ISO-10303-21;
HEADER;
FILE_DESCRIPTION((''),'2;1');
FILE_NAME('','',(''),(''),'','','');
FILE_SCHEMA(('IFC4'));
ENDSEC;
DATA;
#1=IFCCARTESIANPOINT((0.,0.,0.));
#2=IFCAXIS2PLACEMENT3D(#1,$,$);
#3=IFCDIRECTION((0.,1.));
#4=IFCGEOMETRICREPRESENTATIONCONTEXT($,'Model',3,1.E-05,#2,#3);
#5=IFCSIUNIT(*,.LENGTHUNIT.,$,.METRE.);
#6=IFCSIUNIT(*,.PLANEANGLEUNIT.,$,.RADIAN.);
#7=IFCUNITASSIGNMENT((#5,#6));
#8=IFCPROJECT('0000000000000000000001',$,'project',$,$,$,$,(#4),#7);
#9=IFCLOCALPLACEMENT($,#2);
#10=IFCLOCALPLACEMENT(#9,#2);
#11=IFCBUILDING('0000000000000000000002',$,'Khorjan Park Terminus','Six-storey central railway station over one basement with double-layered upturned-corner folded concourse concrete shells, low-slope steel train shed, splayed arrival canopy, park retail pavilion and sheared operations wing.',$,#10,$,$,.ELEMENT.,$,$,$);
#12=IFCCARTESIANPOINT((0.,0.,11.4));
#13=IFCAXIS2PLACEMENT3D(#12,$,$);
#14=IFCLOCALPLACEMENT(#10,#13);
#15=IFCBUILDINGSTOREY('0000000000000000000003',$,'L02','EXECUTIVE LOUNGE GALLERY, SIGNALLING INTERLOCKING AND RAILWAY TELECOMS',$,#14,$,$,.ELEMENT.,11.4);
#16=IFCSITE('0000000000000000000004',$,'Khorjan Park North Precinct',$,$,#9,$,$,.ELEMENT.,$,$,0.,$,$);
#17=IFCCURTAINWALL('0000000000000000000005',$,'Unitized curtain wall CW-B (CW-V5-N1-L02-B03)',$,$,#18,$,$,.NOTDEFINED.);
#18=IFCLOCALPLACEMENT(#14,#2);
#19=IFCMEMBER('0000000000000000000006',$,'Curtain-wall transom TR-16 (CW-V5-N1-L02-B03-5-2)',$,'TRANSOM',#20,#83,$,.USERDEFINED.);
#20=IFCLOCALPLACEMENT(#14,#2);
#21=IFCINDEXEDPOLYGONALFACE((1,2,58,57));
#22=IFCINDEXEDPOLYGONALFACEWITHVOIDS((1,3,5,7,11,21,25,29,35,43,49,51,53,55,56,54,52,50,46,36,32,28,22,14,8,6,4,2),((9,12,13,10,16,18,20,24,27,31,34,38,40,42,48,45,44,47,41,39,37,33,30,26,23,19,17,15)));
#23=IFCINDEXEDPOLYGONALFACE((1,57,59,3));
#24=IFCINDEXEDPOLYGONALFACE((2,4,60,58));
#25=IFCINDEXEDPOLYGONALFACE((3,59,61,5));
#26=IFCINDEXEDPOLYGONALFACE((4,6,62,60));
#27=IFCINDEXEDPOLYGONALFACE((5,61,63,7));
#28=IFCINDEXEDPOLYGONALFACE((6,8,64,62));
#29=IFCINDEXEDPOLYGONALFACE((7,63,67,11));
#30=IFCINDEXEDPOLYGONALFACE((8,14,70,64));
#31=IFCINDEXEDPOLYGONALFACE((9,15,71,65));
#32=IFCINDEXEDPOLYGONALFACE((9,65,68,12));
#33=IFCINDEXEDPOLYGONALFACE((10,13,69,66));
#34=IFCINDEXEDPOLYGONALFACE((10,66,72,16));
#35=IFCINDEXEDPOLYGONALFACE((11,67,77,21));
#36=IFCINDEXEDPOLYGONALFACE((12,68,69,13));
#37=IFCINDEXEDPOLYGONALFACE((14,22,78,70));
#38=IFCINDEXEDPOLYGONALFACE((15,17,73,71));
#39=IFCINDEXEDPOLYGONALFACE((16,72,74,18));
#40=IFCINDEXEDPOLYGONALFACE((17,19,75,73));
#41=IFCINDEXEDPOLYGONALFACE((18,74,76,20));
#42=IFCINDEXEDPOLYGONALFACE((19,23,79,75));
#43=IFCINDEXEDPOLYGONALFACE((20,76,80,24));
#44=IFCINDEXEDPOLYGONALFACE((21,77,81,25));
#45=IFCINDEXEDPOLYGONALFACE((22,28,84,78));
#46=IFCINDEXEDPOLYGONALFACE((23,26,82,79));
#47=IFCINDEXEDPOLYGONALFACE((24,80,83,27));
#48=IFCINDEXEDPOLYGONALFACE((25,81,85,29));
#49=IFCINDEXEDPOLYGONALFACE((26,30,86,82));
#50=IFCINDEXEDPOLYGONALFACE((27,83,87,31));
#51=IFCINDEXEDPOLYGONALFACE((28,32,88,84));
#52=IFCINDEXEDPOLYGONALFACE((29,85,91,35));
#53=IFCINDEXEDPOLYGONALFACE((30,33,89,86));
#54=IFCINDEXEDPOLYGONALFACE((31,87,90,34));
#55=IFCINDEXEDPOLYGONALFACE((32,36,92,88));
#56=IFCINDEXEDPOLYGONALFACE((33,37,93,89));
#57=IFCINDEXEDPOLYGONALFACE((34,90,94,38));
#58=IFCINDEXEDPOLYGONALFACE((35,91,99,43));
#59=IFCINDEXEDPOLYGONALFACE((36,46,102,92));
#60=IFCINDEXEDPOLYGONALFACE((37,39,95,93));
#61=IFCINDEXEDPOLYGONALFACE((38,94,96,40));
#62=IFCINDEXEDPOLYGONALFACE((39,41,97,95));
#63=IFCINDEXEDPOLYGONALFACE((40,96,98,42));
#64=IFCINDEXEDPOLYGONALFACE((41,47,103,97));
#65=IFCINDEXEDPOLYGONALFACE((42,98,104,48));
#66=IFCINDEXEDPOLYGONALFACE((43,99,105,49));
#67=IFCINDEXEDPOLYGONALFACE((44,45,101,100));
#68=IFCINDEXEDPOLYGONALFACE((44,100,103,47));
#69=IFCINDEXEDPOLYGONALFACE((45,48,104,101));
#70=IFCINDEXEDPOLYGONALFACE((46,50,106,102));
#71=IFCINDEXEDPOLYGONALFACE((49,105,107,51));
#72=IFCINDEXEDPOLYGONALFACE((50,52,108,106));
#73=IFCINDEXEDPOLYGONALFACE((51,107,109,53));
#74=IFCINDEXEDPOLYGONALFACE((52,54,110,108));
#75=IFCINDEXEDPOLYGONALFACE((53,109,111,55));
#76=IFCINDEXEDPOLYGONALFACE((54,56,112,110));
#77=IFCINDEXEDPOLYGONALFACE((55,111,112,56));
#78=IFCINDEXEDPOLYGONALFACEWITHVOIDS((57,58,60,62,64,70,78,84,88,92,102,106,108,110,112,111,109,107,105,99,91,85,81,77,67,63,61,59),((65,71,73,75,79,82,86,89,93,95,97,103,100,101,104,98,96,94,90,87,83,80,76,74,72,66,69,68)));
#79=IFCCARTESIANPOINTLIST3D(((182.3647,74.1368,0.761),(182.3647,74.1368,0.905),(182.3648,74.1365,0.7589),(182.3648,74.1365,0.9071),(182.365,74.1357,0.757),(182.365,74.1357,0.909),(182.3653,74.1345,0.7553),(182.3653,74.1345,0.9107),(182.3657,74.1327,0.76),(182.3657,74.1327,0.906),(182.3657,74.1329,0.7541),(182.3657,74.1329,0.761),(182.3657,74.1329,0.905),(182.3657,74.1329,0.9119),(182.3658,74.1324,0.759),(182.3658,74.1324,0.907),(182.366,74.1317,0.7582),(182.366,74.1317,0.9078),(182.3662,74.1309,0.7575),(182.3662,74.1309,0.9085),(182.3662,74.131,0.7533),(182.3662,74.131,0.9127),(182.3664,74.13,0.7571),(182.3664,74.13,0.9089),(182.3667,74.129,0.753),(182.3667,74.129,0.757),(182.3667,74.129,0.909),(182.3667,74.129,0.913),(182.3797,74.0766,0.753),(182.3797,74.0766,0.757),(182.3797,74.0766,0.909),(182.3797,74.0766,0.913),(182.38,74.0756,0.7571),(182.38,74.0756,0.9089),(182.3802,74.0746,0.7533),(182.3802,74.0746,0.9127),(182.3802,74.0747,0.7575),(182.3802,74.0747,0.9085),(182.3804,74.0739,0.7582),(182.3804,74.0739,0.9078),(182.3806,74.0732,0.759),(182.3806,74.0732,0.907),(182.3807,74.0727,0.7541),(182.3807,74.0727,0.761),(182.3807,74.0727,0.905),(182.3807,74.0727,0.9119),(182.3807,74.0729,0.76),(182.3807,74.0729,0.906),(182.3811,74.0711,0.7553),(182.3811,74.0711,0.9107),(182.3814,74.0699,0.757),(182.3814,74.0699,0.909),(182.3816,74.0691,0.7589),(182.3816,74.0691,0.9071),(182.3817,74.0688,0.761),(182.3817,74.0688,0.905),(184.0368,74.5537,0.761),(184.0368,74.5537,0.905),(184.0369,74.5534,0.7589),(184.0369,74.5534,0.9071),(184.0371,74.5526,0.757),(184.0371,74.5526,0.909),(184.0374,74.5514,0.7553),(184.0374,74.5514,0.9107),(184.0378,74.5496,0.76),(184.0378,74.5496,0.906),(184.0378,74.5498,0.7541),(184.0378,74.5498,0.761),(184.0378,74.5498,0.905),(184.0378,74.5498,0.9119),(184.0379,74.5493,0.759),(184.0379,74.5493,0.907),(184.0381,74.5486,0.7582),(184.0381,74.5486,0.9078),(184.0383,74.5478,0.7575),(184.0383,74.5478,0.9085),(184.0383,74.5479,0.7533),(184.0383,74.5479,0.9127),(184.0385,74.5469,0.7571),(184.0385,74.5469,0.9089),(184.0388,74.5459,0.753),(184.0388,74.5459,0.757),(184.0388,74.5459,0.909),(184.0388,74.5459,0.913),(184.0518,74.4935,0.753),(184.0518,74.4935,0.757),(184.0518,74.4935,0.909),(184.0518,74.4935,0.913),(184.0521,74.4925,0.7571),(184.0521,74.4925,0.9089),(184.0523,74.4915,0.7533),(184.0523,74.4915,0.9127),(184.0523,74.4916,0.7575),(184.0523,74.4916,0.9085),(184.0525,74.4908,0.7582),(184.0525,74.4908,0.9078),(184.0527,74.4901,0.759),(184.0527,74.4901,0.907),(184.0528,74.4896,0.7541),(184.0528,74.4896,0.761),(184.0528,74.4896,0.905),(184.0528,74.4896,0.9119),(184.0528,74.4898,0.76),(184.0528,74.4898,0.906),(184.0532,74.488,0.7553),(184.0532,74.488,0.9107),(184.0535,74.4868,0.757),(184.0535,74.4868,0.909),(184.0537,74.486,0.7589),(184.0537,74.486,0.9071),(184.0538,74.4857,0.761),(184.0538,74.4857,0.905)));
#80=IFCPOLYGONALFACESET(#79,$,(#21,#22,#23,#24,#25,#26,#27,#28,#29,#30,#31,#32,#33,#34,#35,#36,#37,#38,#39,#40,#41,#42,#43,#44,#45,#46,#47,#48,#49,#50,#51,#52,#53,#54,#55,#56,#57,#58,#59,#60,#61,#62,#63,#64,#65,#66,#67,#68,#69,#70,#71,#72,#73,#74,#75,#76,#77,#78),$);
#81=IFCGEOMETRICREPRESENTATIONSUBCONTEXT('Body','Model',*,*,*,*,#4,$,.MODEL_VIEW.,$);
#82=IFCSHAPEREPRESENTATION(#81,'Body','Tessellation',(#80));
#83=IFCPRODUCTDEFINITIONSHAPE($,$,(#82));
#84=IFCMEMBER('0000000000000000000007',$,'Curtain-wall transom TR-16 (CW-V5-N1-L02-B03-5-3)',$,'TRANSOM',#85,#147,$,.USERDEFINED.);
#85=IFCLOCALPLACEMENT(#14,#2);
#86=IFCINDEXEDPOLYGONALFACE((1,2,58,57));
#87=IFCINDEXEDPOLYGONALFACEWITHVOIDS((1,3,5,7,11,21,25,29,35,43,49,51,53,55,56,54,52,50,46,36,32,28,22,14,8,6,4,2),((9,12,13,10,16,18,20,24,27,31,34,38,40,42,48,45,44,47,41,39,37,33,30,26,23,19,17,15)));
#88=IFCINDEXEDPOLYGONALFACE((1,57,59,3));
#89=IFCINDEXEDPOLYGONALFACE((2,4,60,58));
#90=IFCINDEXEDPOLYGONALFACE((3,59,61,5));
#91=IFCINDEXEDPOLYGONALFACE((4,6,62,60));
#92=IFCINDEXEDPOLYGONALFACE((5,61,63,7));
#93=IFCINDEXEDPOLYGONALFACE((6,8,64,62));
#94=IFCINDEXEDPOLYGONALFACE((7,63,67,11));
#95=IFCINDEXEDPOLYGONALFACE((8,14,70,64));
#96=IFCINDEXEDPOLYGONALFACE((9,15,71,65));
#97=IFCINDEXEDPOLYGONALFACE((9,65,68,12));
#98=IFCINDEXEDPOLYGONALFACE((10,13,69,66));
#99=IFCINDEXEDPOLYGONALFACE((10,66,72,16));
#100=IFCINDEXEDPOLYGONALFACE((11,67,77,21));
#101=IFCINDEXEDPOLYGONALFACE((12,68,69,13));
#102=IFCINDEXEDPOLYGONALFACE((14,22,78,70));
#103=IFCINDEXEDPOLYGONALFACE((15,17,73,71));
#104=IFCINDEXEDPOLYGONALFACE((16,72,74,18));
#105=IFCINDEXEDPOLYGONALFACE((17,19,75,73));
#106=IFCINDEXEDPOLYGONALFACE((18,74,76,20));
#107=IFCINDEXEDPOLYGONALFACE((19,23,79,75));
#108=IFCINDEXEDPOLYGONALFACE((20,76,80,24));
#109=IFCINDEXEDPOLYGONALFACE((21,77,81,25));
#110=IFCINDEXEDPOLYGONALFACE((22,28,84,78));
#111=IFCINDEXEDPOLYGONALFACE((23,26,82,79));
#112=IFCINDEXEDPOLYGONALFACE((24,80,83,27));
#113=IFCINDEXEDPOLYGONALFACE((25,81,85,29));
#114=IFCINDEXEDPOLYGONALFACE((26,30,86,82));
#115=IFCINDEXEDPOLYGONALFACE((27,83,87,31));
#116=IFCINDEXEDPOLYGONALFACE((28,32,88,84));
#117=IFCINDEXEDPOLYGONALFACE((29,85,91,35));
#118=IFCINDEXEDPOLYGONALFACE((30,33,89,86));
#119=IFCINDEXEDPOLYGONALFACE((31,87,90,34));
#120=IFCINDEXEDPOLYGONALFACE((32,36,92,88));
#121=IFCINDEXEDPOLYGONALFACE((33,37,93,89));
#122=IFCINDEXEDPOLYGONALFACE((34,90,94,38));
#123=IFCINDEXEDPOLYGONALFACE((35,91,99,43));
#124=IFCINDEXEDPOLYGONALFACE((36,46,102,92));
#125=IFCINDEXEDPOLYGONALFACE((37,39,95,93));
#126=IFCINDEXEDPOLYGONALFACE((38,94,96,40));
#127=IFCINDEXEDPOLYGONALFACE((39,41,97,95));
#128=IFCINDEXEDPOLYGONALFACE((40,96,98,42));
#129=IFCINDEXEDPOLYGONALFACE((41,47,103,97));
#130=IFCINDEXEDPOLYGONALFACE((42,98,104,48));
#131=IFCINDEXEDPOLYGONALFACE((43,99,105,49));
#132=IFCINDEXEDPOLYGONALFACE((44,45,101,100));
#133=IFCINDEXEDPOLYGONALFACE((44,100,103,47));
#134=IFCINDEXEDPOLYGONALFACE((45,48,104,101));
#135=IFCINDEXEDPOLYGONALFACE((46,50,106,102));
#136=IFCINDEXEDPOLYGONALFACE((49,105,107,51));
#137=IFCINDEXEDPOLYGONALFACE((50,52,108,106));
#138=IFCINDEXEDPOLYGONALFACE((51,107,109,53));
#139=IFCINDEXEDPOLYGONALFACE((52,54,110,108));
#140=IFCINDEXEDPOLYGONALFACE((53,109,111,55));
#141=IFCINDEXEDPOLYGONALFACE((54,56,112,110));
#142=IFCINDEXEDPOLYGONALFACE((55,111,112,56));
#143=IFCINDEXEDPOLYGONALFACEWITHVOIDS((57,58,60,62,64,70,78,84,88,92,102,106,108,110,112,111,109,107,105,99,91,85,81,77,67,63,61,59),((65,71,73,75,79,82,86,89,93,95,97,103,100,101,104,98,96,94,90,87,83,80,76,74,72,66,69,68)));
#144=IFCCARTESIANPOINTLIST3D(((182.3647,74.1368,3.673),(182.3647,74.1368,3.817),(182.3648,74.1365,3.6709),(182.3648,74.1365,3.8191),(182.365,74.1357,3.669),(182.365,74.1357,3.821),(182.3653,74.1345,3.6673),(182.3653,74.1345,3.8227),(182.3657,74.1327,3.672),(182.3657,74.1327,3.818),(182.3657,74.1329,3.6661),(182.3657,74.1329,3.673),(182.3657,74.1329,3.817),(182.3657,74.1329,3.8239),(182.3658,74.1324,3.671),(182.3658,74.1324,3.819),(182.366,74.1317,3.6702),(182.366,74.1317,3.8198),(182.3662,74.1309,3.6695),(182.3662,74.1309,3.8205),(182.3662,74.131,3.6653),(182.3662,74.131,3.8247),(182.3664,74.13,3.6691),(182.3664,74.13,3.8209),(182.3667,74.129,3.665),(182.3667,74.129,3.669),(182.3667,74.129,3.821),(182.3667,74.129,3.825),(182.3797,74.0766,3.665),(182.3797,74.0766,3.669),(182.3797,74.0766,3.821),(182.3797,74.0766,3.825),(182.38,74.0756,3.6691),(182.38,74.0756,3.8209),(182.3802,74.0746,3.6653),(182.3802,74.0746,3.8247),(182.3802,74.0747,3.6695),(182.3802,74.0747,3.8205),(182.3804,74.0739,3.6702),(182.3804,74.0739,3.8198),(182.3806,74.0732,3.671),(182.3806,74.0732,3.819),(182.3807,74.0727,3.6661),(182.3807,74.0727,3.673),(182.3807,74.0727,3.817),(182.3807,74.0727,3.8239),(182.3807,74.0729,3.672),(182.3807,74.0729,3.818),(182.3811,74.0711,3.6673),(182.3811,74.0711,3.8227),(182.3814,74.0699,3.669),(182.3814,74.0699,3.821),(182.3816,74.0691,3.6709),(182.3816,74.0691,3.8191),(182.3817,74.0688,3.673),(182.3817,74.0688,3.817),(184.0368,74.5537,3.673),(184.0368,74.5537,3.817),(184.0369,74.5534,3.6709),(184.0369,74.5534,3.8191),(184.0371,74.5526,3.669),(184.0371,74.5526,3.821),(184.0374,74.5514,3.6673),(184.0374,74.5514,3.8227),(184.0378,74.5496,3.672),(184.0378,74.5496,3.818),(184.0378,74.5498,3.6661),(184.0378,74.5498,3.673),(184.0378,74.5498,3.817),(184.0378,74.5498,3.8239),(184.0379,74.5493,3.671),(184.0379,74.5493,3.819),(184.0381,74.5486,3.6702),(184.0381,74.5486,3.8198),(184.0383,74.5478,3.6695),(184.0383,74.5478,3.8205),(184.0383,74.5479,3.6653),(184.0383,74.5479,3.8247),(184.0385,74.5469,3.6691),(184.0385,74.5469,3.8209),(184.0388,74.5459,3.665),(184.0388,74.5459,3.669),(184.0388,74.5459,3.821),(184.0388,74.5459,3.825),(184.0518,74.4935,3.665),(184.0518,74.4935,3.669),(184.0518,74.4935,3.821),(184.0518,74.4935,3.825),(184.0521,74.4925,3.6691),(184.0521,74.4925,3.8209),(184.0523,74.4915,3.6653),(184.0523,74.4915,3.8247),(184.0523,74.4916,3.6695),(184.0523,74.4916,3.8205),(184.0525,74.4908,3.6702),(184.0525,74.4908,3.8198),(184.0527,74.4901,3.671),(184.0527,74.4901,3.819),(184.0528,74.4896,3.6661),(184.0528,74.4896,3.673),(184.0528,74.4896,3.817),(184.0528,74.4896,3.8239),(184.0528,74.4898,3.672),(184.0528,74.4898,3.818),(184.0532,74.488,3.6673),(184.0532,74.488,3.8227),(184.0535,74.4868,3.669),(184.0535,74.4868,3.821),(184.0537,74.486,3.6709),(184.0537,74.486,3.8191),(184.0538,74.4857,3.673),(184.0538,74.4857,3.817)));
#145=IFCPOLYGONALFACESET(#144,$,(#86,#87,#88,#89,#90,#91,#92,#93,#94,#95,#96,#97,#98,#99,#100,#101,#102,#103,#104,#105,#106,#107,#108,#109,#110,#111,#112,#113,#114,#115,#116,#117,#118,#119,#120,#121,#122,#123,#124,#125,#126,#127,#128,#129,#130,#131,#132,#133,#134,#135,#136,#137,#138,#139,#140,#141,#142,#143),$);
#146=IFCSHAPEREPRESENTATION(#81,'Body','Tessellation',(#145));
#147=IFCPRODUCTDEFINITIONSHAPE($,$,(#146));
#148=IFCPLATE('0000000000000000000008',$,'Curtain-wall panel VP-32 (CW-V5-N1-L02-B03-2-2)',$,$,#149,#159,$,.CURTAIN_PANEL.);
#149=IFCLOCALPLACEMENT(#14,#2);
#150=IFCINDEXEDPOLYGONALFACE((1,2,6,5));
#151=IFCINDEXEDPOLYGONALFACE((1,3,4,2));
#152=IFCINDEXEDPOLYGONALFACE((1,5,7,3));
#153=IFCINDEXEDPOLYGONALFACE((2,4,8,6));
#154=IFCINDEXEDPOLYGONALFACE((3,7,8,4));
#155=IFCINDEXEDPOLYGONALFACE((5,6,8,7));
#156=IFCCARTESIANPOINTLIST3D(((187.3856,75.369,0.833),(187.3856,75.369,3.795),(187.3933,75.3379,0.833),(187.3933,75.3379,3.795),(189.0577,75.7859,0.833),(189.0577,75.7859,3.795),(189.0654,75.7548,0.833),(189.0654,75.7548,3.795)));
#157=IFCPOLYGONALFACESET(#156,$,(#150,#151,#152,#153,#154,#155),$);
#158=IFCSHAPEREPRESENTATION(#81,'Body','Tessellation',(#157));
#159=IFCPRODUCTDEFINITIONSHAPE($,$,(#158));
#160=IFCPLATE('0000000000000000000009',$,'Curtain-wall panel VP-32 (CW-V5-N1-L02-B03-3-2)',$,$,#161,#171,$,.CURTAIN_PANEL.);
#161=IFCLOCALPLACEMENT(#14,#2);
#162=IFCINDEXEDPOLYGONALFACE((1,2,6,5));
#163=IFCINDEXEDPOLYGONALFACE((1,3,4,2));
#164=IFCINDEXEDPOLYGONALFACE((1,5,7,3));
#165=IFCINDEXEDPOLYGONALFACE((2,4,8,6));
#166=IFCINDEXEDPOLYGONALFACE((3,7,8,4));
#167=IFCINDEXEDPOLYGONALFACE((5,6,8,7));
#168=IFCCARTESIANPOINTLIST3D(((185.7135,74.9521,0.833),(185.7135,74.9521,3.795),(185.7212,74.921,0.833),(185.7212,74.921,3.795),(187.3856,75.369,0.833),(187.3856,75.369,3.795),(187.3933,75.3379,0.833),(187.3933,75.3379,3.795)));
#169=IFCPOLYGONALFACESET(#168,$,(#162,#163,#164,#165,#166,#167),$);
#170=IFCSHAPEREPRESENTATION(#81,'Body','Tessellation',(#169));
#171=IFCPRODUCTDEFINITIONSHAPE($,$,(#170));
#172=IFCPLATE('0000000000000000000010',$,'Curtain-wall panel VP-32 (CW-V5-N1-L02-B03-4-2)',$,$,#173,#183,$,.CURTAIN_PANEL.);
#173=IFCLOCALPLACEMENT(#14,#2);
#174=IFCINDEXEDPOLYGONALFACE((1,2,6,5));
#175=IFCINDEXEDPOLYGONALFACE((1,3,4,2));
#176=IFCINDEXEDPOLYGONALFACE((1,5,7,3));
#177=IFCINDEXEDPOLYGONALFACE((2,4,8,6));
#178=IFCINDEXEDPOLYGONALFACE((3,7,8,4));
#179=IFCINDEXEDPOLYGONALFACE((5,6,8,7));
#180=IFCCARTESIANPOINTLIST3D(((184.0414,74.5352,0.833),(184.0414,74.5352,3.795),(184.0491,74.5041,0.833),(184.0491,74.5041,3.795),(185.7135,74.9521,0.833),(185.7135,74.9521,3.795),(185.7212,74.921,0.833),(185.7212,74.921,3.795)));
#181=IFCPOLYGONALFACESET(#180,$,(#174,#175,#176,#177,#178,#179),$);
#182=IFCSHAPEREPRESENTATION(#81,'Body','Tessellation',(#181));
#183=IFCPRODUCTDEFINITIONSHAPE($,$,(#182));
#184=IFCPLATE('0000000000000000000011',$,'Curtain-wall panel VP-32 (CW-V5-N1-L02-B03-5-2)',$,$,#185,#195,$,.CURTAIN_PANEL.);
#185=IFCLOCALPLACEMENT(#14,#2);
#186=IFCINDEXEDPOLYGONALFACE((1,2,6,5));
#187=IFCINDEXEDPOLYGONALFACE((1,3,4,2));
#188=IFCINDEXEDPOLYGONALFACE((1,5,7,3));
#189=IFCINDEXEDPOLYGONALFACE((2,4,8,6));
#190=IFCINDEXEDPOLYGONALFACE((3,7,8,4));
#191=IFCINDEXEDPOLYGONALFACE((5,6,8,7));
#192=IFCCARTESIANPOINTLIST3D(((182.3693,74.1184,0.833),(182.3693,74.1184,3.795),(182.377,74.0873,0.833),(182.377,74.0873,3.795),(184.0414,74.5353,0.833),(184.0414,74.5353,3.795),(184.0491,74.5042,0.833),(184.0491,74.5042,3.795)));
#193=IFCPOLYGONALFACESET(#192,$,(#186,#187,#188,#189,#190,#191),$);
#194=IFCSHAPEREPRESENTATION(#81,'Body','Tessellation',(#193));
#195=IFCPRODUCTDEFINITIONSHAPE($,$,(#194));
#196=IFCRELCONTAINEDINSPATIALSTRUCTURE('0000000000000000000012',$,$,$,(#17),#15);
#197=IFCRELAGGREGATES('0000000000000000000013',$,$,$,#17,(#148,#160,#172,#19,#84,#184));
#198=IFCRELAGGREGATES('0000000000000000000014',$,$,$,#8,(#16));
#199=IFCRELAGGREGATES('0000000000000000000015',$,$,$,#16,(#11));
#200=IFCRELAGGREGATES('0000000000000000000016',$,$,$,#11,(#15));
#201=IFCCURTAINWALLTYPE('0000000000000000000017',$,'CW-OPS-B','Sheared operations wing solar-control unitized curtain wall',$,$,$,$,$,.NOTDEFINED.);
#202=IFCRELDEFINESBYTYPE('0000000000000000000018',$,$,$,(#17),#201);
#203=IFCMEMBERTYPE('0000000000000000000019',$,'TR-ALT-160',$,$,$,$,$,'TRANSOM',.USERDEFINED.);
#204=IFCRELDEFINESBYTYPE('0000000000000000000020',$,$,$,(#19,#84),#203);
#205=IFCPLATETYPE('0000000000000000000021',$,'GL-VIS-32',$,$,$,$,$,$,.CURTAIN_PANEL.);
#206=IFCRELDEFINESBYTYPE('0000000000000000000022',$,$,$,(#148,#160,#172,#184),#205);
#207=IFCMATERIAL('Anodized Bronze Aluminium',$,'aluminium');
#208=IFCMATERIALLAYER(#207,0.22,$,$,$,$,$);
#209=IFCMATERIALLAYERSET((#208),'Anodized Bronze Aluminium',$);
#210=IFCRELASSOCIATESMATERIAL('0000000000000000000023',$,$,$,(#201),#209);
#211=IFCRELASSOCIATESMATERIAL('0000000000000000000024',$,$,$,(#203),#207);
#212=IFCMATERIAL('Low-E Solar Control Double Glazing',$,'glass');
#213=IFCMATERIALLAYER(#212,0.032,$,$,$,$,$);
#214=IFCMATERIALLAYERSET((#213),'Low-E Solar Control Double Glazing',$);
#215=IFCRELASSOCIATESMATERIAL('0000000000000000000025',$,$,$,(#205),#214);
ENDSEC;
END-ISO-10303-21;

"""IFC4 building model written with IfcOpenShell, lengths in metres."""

from ifc_helpers import new_model, si_unit, direction, frame, origin, origin_2d, place, context, subcontext, project, spatial, rectangle, hollow_rectangle, extrude, material, layer, layer_set, material_profile, profile_set, type_object, element, aggregate, save


model = new_model("IFC4")

# Units and contexts
model_context = context("Model", 3, precision=1e-05, world=origin(), true_north=direction((0.0, 1.0)))
body_context = subcontext(model_context, "Body", "Model", "MODEL_VIEW")
ifc_project = project(units=[si_unit("LENGTHUNIT", "METRE"), si_unit("PLANEANGLEUNIT", "RADIAN")], contexts=[model_context])

# Site, building, storey
site_placement = place(None, origin())
site = spatial("IfcSite", under=ifc_project, at=site_placement, Name="Khorjan Park North Precinct", CompositionType="ELEMENT", RefElevation=0.0)
building_placement = place(site_placement, origin())
building = spatial("IfcBuilding", under=site, at=building_placement, Name="Khorjan Park Terminus", Description="Six-storey central railway station over one basement with double-layered upturned-corner folded concourse concrete shells, low-slope steel train shed, splayed arrival canopy, park retail pavilion and sheared operations wing.", CompositionType="ELEMENT")
storey_placement = place(building_placement, frame((0.0, 0.0, 11.4)))
storey = spatial("IfcBuildingStorey", under=building, at=storey_placement, Name="L02", Description="EXECUTIVE LOUNGE GALLERY, SIGNALLING INTERLOCKING AND RAILWAY TELECOMS", CompositionType="ELEMENT", Elevation=11.4)

# Curtain wall
ifc_material_1 = material(Name="Anodized Bronze Aluminium", Category="aluminium")
ifc_layer_1 = layer(ifc_material_1, 0.22)
ifc_layer_set_1 = layer_set([ifc_layer_1], Name="Anodized Bronze Aluminium")
curtain_wall_type = type_object("IfcCurtainWallType", Name="CW-OPS-B", Description="Sheared operations wing solar-control unitized curtain wall", PredefinedType="NOTDEFINED", material=ifc_layer_set_1)
curtain_wall_placement = place(storey_placement, origin())
curtain_wall = element("IfcCurtainWall", 1, at=curtain_wall_placement, inside=storey, type_object=curtain_wall_type, Name="Unitized curtain wall CW-B (CW-V5-N1-L02-B03)", PredefinedType="NOTDEFINED")

# Members
ifc_material_profile_1 = material_profile(ifc_material_1, hollow_rectangle(XDim=0.07, YDim=0.16, WallThickness=0.004, InnerFilletRadius=0.004, OuterFilletRadius=0.008, at=origin_2d()), Name="ALT 70x160x4")
ifc_profile_set_1 = profile_set([ifc_material_profile_1], Name="Anodized Bronze Aluminium")
member_type_1 = type_object("IfcMemberType", Name="TR-ALT-160", ElementType="TRANSOM", PredefinedType="USERDEFINED", material=ifc_profile_set_1)
member_1_placement = place(storey_placement, frame((184.0453, 74.5197, 0.833), z_axis=(-0.970296, -0.241921, 0.0), x_axis=(0.241921, -0.970296, 0.0)))
member_1 = element("IfcMember", 2, at=member_1_placement, type_object=member_type_1, Name="Curtain-wall transom TR-16 (CW-V5-N1-L02-B03-5-2)", ObjectType="TRANSOM", PredefinedType="USERDEFINED", context=body_context, shape_type="SweptSolid", body=[
    extrude(hollow_rectangle(XDim=0.07, YDim=0.16, WallThickness=0.004, InnerFilletRadius=0.004, OuterFilletRadius=0.008, at=origin_2d()), origin(), (0.0, 0.0, 1.0), 1.7233),
])
member_2_placement = place(storey_placement, frame((184.0453, 74.5197, 3.745), z_axis=(-0.970296, -0.241921, 0.0), x_axis=(0.241921, -0.970296, 0.0)))
member_2 = element("IfcMember", 3, at=member_2_placement, type_object=member_type_1, Name="Curtain-wall transom TR-16 (CW-V5-N1-L02-B03-5-3)", ObjectType="TRANSOM", PredefinedType="USERDEFINED", context=body_context, shape_type="SweptSolid", body=[
    extrude(hollow_rectangle(XDim=0.07, YDim=0.16, WallThickness=0.004, InnerFilletRadius=0.004, OuterFilletRadius=0.008, at=origin_2d()), origin(), (0.0, 0.0, 1.0), 1.7233),
])

# Plates
ifc_material_2 = material(Name="Low-E Solar Control Double Glazing", Category="glass")
ifc_layer_2 = layer(ifc_material_2, 0.032)
ifc_layer_set_2 = layer_set([ifc_layer_2], Name="Low-E Solar Control Double Glazing")
plate_type_1 = type_object("IfcPlateType", Name="GL-VIS-32", PredefinedType="CURTAIN_PANEL", material=ifc_layer_set_2)
plate_1_placement = place(storey_placement, frame((188.2255, 75.5619, 0.833), z_axis=(0.0, 0.0, 1.0), x_axis=(-0.970296, -0.241921, 0.0)))
plate_1 = element("IfcPlate", 4, at=plate_1_placement, type_object=plate_type_1, Name="Curtain-wall panel VP-32 (CW-V5-N1-L02-B03-2-2)", PredefinedType="CURTAIN_PANEL", context=body_context, shape_type="SweptSolid", body=[
    extrude(rectangle(XDim=1.7233, YDim=0.032, at=origin_2d()), origin(), (0.0, 0.0, 1.0), 2.962),
])
plate_2_placement = place(storey_placement, frame((186.5534, 75.145, 0.833), z_axis=(0.0, 0.0, 1.0), x_axis=(-0.970296, -0.241921, 0.0)))
plate_2 = element("IfcPlate", 5, at=plate_2_placement, type_object=plate_type_1, Name="Curtain-wall panel VP-32 (CW-V5-N1-L02-B03-3-2)", PredefinedType="CURTAIN_PANEL", context=body_context, shape_type="SweptSolid", body=[
    extrude(rectangle(XDim=1.7233, YDim=0.032, at=origin_2d()), origin(), (0.0, 0.0, 1.0), 2.962),
])
plate_3_placement = place(storey_placement, frame((184.8813, 74.7281, 0.833), z_axis=(0.0, 0.0, 1.0), x_axis=(-0.970296, -0.241921, 0.0)))
plate_3 = element("IfcPlate", 6, at=plate_3_placement, type_object=plate_type_1, Name="Curtain-wall panel VP-32 (CW-V5-N1-L02-B03-4-2)", PredefinedType="CURTAIN_PANEL", context=body_context, shape_type="SweptSolid", body=[
    extrude(rectangle(XDim=1.7233, YDim=0.032, at=origin_2d()), origin(), (0.0, 0.0, 1.0), 2.962),
])
plate_4_placement = place(storey_placement, frame((183.2092, 74.3113, 0.833), z_axis=(0.0, 0.0, 1.0), x_axis=(-0.970296, -0.241921, 0.0)))
plate_4 = element("IfcPlate", 7, at=plate_4_placement, type_object=plate_type_1, Name="Curtain-wall panel VP-32 (CW-V5-N1-L02-B03-5-2)", PredefinedType="CURTAIN_PANEL", context=body_context, shape_type="SweptSolid", body=[
    extrude(rectangle(XDim=1.7233, YDim=0.032, at=origin_2d()), origin(), (0.0, 0.0, 1.0), 2.962),
])

aggregate(curtain_wall, [plate_1, plate_2, plate_3, member_1, member_2, plate_4])

save(model, "model.ifc")
